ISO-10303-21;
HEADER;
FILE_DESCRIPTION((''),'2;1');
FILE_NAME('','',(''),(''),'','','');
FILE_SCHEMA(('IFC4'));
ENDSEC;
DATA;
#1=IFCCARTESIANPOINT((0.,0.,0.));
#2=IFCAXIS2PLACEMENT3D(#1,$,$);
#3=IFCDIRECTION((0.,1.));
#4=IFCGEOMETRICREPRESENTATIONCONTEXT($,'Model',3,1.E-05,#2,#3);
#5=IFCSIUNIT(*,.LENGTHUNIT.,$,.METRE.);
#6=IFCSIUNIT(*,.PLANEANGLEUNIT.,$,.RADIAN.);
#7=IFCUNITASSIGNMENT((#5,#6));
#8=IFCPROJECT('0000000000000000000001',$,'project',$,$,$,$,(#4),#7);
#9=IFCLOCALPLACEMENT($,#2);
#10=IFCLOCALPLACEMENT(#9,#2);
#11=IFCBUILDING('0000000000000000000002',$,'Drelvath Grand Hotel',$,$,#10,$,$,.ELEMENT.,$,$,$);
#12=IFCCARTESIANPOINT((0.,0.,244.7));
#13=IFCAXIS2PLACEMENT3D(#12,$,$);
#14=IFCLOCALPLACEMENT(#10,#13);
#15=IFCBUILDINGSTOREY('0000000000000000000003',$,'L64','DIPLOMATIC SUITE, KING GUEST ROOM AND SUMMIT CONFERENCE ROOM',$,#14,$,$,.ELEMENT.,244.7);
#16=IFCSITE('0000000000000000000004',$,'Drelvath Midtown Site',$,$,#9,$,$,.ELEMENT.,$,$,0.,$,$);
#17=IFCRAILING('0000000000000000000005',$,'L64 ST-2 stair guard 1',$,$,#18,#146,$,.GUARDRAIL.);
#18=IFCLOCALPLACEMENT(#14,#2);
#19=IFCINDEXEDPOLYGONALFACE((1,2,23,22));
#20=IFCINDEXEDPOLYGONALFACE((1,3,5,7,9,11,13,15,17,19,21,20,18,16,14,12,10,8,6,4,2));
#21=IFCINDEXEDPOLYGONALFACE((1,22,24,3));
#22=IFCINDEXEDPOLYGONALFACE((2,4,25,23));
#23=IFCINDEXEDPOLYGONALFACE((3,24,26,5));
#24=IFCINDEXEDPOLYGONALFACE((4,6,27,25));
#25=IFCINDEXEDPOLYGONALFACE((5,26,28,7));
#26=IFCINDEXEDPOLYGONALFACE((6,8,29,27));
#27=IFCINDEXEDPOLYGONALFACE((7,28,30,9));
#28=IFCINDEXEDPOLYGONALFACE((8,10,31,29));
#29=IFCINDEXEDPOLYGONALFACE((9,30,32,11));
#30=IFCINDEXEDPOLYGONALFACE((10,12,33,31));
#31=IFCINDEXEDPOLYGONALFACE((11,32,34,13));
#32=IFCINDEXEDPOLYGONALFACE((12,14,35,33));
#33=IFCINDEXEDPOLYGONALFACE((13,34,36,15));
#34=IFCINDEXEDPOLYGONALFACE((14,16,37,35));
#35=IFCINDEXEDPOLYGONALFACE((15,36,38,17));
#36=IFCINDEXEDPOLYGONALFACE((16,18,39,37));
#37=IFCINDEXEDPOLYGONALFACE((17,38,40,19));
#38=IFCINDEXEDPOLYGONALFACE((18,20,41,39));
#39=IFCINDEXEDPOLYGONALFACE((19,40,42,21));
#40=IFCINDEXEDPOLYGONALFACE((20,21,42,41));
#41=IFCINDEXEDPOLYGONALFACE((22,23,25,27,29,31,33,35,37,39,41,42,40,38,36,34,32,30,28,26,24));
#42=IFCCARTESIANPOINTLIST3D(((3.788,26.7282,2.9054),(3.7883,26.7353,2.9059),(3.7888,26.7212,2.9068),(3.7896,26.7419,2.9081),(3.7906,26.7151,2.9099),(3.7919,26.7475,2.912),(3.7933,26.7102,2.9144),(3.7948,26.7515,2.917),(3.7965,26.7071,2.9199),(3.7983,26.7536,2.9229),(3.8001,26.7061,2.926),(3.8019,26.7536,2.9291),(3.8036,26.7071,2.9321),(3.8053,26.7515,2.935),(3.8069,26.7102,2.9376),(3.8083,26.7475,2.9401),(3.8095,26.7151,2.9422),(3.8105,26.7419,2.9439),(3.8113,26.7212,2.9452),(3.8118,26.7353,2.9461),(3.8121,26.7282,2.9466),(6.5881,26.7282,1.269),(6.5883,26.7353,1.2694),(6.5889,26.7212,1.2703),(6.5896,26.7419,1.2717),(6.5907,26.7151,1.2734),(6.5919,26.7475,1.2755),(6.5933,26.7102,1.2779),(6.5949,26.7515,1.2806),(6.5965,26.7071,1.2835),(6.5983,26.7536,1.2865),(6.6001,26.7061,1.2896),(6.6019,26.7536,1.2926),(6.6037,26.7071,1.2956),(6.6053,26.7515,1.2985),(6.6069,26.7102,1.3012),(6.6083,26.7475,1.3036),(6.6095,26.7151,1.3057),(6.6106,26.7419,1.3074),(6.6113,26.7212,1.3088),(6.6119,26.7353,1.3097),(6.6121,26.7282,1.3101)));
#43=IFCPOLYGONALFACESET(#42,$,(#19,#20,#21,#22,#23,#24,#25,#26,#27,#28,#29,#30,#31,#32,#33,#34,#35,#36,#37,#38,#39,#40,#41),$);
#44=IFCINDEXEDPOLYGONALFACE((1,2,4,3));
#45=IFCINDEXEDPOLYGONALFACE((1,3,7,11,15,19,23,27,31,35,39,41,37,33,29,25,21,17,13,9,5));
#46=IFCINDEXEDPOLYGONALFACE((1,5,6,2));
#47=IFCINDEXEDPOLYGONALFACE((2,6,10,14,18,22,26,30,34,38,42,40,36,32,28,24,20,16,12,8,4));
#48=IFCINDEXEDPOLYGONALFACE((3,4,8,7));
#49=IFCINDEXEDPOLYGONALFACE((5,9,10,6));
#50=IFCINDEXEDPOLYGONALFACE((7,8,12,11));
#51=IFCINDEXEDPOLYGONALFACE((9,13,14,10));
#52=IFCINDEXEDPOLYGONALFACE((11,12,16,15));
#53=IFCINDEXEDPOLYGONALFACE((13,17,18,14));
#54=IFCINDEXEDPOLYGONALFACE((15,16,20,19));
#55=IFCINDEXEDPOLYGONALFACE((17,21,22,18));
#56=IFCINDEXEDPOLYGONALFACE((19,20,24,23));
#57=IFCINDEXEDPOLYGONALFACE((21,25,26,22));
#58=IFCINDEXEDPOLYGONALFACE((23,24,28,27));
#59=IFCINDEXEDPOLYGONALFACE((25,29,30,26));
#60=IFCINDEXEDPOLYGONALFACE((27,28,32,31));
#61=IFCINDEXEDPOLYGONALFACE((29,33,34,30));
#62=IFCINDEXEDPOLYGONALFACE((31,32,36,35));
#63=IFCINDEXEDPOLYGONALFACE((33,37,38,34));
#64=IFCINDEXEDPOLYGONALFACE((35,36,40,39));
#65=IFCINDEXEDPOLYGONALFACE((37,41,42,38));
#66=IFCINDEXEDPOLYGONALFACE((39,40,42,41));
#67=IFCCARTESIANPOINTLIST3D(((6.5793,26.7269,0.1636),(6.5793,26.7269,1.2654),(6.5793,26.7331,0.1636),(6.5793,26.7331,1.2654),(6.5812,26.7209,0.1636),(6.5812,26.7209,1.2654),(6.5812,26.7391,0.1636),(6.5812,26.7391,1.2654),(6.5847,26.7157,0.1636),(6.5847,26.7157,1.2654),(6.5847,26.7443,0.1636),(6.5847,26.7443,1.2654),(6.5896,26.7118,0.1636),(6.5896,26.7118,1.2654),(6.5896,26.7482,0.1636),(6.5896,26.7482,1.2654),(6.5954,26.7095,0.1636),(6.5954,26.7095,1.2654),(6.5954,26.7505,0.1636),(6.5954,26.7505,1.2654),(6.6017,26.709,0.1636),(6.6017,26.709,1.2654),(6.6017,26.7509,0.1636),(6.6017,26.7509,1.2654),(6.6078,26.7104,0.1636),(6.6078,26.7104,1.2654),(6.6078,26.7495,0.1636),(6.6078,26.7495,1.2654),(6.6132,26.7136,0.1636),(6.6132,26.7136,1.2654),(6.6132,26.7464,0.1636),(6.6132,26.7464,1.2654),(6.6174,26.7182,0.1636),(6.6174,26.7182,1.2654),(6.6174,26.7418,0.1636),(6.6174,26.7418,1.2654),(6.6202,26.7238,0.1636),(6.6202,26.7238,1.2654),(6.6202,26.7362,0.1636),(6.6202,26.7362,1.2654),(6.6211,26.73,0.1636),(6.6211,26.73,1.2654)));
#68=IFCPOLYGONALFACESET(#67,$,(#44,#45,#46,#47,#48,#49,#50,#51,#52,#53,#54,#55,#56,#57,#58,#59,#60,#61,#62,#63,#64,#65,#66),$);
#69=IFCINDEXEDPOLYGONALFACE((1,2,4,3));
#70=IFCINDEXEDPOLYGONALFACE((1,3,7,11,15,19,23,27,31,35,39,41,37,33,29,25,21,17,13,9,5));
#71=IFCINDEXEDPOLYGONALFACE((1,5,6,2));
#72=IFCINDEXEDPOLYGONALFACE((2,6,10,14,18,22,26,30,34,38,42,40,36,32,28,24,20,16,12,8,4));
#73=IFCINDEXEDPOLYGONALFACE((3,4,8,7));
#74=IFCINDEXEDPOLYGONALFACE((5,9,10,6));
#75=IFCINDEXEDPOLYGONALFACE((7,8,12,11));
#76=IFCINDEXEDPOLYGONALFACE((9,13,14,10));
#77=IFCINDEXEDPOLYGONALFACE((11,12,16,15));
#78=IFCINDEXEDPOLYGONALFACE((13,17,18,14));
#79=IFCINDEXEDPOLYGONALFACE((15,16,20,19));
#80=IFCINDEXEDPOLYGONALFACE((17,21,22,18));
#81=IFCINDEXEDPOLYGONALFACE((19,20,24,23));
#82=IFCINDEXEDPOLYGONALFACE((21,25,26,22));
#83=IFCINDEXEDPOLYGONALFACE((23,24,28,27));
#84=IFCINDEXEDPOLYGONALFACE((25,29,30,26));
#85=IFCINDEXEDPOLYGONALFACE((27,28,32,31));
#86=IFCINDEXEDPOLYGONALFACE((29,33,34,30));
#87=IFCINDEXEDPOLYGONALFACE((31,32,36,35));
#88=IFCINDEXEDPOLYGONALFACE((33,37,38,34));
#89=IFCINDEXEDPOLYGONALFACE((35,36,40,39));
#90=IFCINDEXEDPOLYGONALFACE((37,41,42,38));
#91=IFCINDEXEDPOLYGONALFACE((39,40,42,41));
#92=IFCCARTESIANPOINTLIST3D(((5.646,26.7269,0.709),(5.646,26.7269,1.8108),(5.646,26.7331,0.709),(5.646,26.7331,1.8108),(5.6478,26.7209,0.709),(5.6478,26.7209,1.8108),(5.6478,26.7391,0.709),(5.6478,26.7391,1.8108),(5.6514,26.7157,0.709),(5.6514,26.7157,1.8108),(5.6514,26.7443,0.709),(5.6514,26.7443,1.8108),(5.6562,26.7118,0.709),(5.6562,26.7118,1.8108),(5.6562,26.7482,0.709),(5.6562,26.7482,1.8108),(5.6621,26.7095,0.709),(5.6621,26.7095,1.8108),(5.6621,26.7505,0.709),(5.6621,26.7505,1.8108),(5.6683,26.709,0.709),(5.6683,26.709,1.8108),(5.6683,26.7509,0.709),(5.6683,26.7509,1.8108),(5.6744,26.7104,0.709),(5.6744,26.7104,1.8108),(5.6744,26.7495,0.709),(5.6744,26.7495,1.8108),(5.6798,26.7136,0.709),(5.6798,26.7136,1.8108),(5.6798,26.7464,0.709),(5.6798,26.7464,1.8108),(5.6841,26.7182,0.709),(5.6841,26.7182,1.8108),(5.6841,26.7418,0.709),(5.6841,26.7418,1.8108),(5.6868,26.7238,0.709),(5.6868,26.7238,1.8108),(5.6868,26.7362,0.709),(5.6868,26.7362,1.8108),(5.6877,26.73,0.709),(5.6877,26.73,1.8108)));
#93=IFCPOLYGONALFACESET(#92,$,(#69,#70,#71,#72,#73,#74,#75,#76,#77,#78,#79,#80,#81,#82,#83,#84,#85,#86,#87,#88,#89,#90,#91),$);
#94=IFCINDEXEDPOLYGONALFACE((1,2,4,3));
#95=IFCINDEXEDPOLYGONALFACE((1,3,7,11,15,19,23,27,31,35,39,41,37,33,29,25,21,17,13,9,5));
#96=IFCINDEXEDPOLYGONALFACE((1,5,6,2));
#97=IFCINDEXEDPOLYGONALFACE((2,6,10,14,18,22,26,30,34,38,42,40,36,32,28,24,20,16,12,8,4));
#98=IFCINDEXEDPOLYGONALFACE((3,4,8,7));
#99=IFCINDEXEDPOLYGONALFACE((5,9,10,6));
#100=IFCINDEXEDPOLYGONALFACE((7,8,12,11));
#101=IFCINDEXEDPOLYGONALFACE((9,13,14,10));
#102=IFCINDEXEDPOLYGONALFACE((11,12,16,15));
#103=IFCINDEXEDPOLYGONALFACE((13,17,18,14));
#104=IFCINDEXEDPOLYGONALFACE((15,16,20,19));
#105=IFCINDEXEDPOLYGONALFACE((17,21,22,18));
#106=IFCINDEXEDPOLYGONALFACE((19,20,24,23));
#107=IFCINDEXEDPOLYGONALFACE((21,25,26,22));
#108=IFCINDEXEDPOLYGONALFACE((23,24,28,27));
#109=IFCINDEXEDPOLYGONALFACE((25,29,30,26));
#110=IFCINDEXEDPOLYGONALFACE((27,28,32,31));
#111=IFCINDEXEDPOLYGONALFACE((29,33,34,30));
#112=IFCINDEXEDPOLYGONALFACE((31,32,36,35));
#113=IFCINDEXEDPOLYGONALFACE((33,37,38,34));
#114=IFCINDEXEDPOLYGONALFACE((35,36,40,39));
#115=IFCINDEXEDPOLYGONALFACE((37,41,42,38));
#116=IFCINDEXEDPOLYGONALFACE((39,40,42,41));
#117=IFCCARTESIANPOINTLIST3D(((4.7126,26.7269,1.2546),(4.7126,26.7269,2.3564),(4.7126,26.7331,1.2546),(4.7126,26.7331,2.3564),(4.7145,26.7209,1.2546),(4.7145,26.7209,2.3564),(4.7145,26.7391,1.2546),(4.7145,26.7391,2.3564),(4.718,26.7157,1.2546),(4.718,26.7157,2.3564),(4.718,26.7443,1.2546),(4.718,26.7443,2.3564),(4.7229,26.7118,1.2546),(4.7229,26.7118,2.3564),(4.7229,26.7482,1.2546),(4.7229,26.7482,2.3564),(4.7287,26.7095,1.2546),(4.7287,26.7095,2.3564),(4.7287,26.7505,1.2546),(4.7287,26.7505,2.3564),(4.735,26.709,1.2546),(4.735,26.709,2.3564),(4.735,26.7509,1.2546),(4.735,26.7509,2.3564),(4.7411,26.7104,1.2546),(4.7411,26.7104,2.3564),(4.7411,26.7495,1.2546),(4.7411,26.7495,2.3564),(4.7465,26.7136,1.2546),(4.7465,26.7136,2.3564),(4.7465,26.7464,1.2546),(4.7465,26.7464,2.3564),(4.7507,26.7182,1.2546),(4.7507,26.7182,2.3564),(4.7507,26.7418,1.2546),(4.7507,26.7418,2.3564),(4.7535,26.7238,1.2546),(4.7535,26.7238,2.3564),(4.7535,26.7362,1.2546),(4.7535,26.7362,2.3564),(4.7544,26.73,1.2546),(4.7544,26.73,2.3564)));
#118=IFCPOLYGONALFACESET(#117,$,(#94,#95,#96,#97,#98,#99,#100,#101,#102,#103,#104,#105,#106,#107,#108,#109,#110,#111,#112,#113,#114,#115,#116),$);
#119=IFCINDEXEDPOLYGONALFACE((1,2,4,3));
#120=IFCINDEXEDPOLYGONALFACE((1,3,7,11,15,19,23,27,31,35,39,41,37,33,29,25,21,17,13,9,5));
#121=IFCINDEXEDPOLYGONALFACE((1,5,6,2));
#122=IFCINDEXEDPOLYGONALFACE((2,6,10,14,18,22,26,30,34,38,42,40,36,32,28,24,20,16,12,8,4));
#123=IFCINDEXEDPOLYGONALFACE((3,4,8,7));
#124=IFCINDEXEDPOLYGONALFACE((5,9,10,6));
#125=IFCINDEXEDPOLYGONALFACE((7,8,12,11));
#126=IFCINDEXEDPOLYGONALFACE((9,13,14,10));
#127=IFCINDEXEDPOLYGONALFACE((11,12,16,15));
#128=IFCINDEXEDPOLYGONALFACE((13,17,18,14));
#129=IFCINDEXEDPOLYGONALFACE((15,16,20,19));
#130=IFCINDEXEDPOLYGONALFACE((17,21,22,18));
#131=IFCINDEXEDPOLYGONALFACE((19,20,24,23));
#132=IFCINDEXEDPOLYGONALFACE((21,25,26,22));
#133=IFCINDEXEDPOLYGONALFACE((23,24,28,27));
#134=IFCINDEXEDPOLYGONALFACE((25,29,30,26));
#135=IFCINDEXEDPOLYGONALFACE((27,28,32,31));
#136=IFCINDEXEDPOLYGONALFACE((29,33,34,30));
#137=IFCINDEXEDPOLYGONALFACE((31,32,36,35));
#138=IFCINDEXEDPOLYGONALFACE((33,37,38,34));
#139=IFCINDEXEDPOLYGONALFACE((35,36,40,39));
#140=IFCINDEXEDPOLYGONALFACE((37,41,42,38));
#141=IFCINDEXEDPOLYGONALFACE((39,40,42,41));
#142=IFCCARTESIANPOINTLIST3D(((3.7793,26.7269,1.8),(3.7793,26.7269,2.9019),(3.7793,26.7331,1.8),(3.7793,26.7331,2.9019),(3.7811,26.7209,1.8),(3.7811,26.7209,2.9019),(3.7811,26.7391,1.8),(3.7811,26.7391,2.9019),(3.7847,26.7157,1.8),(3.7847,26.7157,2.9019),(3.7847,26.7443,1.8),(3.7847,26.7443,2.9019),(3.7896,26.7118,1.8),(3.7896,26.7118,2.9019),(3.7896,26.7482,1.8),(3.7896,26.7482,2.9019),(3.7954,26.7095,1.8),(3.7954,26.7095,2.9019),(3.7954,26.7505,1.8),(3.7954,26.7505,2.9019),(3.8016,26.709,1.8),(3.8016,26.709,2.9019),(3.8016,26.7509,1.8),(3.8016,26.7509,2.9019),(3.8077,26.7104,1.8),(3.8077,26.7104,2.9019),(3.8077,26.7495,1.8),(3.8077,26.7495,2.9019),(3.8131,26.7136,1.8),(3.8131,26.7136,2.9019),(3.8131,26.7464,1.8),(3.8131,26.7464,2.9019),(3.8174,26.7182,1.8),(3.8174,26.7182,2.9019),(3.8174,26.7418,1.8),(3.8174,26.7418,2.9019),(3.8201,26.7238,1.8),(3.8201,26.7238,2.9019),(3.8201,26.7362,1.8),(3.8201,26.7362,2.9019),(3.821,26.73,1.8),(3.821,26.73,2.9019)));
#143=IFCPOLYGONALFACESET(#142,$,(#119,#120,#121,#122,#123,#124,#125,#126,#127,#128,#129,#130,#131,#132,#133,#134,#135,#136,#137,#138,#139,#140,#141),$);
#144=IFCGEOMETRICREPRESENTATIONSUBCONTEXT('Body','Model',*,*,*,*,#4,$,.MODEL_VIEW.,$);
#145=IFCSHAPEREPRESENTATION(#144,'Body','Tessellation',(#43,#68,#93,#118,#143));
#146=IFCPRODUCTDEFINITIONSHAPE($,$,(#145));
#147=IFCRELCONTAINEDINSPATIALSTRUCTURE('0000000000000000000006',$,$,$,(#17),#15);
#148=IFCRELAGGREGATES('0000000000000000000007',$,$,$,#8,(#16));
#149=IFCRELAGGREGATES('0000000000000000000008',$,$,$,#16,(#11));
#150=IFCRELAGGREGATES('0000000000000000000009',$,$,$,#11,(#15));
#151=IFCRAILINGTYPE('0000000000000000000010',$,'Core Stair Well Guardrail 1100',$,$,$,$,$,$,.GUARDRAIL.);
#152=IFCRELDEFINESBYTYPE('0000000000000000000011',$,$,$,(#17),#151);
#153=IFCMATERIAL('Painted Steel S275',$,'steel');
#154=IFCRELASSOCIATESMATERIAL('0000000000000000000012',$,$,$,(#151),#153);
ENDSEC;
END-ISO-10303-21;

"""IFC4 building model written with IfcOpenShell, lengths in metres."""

from ifc_helpers import new_model, si_unit, direction, frame, origin, origin_2d, place, context, subcontext, project, spatial, circle, extrude, material, type_object, element, save


model = new_model("IFC4")

# Units and contexts
model_context = context("Model", 3, precision=1e-05, world=origin(), true_north=direction((0.0, 1.0)))
body_context = subcontext(model_context, "Body", "Model", "MODEL_VIEW")
ifc_project = project(units=[si_unit("LENGTHUNIT", "METRE"), si_unit("PLANEANGLEUNIT", "RADIAN")], contexts=[model_context])

# Site, building, storey
site_placement = place(None, origin())
site = spatial("IfcSite", under=ifc_project, at=site_placement, Name="Drelvath Midtown Site", CompositionType="ELEMENT", RefElevation=0.0)
building_placement = place(site_placement, origin())
building = spatial("IfcBuilding", under=site, at=building_placement, Name="Drelvath Grand Hotel", CompositionType="ELEMENT")
storey_placement = place(building_placement, frame((0.0, 0.0, 244.7)))
storey = spatial("IfcBuildingStorey", under=building, at=storey_placement, Name="L64", Description="DIPLOMATIC SUITE, KING GUEST ROOM AND SUMMIT CONFERENCE ROOM", CompositionType="ELEMENT", Elevation=244.7)

# Railing
ifc_material_1 = material(Name="Painted Steel S275", Category="steel")
railing_type_1 = type_object("IfcRailingType", Name="Core Stair Well Guardrail 1100", PredefinedType="GUARDRAIL", material=ifc_material_1)
railing_1_placement = place(storey_placement, frame((6.6001, 26.73, 0.1636)))
element("IfcRailing", 1, at=railing_1_placement, inside=storey, type_object=railing_type_1, Name="L64 ST-2 stair guard 1", PredefinedType="GUARDRAIL", context=body_context, shape_type="SweptSolid", body=[
    extrude(circle(Radius=0.0239, at=origin_2d()), frame((0.0, 0.0, 1.126), z_axis=(-0.863361, 0.0, 0.504587), x_axis=(0.0, -1.0, 0.0)), (0.0, 0.0, 1.0), 3.2432),
    extrude(circle(Radius=0.021, at=origin_2d()), origin(), (0.0, 0.0, 1.0), 1.1018),
    extrude(circle(Radius=0.021, at=origin_2d()), frame((-0.9333, 0.0, 0.5454)), (0.0, 0.0, 1.0), 1.1018),
    extrude(circle(Radius=0.021, at=origin_2d()), frame((-1.8667, 0.0, 1.0911)), (0.0, 0.0, 1.0), 1.1018),
    extrude(circle(Radius=0.021, at=origin_2d()), frame((-2.8, 0.0, 1.6365)), (0.0, 0.0, 1.0), 1.1018),
])

save(model, "model.ifc")
